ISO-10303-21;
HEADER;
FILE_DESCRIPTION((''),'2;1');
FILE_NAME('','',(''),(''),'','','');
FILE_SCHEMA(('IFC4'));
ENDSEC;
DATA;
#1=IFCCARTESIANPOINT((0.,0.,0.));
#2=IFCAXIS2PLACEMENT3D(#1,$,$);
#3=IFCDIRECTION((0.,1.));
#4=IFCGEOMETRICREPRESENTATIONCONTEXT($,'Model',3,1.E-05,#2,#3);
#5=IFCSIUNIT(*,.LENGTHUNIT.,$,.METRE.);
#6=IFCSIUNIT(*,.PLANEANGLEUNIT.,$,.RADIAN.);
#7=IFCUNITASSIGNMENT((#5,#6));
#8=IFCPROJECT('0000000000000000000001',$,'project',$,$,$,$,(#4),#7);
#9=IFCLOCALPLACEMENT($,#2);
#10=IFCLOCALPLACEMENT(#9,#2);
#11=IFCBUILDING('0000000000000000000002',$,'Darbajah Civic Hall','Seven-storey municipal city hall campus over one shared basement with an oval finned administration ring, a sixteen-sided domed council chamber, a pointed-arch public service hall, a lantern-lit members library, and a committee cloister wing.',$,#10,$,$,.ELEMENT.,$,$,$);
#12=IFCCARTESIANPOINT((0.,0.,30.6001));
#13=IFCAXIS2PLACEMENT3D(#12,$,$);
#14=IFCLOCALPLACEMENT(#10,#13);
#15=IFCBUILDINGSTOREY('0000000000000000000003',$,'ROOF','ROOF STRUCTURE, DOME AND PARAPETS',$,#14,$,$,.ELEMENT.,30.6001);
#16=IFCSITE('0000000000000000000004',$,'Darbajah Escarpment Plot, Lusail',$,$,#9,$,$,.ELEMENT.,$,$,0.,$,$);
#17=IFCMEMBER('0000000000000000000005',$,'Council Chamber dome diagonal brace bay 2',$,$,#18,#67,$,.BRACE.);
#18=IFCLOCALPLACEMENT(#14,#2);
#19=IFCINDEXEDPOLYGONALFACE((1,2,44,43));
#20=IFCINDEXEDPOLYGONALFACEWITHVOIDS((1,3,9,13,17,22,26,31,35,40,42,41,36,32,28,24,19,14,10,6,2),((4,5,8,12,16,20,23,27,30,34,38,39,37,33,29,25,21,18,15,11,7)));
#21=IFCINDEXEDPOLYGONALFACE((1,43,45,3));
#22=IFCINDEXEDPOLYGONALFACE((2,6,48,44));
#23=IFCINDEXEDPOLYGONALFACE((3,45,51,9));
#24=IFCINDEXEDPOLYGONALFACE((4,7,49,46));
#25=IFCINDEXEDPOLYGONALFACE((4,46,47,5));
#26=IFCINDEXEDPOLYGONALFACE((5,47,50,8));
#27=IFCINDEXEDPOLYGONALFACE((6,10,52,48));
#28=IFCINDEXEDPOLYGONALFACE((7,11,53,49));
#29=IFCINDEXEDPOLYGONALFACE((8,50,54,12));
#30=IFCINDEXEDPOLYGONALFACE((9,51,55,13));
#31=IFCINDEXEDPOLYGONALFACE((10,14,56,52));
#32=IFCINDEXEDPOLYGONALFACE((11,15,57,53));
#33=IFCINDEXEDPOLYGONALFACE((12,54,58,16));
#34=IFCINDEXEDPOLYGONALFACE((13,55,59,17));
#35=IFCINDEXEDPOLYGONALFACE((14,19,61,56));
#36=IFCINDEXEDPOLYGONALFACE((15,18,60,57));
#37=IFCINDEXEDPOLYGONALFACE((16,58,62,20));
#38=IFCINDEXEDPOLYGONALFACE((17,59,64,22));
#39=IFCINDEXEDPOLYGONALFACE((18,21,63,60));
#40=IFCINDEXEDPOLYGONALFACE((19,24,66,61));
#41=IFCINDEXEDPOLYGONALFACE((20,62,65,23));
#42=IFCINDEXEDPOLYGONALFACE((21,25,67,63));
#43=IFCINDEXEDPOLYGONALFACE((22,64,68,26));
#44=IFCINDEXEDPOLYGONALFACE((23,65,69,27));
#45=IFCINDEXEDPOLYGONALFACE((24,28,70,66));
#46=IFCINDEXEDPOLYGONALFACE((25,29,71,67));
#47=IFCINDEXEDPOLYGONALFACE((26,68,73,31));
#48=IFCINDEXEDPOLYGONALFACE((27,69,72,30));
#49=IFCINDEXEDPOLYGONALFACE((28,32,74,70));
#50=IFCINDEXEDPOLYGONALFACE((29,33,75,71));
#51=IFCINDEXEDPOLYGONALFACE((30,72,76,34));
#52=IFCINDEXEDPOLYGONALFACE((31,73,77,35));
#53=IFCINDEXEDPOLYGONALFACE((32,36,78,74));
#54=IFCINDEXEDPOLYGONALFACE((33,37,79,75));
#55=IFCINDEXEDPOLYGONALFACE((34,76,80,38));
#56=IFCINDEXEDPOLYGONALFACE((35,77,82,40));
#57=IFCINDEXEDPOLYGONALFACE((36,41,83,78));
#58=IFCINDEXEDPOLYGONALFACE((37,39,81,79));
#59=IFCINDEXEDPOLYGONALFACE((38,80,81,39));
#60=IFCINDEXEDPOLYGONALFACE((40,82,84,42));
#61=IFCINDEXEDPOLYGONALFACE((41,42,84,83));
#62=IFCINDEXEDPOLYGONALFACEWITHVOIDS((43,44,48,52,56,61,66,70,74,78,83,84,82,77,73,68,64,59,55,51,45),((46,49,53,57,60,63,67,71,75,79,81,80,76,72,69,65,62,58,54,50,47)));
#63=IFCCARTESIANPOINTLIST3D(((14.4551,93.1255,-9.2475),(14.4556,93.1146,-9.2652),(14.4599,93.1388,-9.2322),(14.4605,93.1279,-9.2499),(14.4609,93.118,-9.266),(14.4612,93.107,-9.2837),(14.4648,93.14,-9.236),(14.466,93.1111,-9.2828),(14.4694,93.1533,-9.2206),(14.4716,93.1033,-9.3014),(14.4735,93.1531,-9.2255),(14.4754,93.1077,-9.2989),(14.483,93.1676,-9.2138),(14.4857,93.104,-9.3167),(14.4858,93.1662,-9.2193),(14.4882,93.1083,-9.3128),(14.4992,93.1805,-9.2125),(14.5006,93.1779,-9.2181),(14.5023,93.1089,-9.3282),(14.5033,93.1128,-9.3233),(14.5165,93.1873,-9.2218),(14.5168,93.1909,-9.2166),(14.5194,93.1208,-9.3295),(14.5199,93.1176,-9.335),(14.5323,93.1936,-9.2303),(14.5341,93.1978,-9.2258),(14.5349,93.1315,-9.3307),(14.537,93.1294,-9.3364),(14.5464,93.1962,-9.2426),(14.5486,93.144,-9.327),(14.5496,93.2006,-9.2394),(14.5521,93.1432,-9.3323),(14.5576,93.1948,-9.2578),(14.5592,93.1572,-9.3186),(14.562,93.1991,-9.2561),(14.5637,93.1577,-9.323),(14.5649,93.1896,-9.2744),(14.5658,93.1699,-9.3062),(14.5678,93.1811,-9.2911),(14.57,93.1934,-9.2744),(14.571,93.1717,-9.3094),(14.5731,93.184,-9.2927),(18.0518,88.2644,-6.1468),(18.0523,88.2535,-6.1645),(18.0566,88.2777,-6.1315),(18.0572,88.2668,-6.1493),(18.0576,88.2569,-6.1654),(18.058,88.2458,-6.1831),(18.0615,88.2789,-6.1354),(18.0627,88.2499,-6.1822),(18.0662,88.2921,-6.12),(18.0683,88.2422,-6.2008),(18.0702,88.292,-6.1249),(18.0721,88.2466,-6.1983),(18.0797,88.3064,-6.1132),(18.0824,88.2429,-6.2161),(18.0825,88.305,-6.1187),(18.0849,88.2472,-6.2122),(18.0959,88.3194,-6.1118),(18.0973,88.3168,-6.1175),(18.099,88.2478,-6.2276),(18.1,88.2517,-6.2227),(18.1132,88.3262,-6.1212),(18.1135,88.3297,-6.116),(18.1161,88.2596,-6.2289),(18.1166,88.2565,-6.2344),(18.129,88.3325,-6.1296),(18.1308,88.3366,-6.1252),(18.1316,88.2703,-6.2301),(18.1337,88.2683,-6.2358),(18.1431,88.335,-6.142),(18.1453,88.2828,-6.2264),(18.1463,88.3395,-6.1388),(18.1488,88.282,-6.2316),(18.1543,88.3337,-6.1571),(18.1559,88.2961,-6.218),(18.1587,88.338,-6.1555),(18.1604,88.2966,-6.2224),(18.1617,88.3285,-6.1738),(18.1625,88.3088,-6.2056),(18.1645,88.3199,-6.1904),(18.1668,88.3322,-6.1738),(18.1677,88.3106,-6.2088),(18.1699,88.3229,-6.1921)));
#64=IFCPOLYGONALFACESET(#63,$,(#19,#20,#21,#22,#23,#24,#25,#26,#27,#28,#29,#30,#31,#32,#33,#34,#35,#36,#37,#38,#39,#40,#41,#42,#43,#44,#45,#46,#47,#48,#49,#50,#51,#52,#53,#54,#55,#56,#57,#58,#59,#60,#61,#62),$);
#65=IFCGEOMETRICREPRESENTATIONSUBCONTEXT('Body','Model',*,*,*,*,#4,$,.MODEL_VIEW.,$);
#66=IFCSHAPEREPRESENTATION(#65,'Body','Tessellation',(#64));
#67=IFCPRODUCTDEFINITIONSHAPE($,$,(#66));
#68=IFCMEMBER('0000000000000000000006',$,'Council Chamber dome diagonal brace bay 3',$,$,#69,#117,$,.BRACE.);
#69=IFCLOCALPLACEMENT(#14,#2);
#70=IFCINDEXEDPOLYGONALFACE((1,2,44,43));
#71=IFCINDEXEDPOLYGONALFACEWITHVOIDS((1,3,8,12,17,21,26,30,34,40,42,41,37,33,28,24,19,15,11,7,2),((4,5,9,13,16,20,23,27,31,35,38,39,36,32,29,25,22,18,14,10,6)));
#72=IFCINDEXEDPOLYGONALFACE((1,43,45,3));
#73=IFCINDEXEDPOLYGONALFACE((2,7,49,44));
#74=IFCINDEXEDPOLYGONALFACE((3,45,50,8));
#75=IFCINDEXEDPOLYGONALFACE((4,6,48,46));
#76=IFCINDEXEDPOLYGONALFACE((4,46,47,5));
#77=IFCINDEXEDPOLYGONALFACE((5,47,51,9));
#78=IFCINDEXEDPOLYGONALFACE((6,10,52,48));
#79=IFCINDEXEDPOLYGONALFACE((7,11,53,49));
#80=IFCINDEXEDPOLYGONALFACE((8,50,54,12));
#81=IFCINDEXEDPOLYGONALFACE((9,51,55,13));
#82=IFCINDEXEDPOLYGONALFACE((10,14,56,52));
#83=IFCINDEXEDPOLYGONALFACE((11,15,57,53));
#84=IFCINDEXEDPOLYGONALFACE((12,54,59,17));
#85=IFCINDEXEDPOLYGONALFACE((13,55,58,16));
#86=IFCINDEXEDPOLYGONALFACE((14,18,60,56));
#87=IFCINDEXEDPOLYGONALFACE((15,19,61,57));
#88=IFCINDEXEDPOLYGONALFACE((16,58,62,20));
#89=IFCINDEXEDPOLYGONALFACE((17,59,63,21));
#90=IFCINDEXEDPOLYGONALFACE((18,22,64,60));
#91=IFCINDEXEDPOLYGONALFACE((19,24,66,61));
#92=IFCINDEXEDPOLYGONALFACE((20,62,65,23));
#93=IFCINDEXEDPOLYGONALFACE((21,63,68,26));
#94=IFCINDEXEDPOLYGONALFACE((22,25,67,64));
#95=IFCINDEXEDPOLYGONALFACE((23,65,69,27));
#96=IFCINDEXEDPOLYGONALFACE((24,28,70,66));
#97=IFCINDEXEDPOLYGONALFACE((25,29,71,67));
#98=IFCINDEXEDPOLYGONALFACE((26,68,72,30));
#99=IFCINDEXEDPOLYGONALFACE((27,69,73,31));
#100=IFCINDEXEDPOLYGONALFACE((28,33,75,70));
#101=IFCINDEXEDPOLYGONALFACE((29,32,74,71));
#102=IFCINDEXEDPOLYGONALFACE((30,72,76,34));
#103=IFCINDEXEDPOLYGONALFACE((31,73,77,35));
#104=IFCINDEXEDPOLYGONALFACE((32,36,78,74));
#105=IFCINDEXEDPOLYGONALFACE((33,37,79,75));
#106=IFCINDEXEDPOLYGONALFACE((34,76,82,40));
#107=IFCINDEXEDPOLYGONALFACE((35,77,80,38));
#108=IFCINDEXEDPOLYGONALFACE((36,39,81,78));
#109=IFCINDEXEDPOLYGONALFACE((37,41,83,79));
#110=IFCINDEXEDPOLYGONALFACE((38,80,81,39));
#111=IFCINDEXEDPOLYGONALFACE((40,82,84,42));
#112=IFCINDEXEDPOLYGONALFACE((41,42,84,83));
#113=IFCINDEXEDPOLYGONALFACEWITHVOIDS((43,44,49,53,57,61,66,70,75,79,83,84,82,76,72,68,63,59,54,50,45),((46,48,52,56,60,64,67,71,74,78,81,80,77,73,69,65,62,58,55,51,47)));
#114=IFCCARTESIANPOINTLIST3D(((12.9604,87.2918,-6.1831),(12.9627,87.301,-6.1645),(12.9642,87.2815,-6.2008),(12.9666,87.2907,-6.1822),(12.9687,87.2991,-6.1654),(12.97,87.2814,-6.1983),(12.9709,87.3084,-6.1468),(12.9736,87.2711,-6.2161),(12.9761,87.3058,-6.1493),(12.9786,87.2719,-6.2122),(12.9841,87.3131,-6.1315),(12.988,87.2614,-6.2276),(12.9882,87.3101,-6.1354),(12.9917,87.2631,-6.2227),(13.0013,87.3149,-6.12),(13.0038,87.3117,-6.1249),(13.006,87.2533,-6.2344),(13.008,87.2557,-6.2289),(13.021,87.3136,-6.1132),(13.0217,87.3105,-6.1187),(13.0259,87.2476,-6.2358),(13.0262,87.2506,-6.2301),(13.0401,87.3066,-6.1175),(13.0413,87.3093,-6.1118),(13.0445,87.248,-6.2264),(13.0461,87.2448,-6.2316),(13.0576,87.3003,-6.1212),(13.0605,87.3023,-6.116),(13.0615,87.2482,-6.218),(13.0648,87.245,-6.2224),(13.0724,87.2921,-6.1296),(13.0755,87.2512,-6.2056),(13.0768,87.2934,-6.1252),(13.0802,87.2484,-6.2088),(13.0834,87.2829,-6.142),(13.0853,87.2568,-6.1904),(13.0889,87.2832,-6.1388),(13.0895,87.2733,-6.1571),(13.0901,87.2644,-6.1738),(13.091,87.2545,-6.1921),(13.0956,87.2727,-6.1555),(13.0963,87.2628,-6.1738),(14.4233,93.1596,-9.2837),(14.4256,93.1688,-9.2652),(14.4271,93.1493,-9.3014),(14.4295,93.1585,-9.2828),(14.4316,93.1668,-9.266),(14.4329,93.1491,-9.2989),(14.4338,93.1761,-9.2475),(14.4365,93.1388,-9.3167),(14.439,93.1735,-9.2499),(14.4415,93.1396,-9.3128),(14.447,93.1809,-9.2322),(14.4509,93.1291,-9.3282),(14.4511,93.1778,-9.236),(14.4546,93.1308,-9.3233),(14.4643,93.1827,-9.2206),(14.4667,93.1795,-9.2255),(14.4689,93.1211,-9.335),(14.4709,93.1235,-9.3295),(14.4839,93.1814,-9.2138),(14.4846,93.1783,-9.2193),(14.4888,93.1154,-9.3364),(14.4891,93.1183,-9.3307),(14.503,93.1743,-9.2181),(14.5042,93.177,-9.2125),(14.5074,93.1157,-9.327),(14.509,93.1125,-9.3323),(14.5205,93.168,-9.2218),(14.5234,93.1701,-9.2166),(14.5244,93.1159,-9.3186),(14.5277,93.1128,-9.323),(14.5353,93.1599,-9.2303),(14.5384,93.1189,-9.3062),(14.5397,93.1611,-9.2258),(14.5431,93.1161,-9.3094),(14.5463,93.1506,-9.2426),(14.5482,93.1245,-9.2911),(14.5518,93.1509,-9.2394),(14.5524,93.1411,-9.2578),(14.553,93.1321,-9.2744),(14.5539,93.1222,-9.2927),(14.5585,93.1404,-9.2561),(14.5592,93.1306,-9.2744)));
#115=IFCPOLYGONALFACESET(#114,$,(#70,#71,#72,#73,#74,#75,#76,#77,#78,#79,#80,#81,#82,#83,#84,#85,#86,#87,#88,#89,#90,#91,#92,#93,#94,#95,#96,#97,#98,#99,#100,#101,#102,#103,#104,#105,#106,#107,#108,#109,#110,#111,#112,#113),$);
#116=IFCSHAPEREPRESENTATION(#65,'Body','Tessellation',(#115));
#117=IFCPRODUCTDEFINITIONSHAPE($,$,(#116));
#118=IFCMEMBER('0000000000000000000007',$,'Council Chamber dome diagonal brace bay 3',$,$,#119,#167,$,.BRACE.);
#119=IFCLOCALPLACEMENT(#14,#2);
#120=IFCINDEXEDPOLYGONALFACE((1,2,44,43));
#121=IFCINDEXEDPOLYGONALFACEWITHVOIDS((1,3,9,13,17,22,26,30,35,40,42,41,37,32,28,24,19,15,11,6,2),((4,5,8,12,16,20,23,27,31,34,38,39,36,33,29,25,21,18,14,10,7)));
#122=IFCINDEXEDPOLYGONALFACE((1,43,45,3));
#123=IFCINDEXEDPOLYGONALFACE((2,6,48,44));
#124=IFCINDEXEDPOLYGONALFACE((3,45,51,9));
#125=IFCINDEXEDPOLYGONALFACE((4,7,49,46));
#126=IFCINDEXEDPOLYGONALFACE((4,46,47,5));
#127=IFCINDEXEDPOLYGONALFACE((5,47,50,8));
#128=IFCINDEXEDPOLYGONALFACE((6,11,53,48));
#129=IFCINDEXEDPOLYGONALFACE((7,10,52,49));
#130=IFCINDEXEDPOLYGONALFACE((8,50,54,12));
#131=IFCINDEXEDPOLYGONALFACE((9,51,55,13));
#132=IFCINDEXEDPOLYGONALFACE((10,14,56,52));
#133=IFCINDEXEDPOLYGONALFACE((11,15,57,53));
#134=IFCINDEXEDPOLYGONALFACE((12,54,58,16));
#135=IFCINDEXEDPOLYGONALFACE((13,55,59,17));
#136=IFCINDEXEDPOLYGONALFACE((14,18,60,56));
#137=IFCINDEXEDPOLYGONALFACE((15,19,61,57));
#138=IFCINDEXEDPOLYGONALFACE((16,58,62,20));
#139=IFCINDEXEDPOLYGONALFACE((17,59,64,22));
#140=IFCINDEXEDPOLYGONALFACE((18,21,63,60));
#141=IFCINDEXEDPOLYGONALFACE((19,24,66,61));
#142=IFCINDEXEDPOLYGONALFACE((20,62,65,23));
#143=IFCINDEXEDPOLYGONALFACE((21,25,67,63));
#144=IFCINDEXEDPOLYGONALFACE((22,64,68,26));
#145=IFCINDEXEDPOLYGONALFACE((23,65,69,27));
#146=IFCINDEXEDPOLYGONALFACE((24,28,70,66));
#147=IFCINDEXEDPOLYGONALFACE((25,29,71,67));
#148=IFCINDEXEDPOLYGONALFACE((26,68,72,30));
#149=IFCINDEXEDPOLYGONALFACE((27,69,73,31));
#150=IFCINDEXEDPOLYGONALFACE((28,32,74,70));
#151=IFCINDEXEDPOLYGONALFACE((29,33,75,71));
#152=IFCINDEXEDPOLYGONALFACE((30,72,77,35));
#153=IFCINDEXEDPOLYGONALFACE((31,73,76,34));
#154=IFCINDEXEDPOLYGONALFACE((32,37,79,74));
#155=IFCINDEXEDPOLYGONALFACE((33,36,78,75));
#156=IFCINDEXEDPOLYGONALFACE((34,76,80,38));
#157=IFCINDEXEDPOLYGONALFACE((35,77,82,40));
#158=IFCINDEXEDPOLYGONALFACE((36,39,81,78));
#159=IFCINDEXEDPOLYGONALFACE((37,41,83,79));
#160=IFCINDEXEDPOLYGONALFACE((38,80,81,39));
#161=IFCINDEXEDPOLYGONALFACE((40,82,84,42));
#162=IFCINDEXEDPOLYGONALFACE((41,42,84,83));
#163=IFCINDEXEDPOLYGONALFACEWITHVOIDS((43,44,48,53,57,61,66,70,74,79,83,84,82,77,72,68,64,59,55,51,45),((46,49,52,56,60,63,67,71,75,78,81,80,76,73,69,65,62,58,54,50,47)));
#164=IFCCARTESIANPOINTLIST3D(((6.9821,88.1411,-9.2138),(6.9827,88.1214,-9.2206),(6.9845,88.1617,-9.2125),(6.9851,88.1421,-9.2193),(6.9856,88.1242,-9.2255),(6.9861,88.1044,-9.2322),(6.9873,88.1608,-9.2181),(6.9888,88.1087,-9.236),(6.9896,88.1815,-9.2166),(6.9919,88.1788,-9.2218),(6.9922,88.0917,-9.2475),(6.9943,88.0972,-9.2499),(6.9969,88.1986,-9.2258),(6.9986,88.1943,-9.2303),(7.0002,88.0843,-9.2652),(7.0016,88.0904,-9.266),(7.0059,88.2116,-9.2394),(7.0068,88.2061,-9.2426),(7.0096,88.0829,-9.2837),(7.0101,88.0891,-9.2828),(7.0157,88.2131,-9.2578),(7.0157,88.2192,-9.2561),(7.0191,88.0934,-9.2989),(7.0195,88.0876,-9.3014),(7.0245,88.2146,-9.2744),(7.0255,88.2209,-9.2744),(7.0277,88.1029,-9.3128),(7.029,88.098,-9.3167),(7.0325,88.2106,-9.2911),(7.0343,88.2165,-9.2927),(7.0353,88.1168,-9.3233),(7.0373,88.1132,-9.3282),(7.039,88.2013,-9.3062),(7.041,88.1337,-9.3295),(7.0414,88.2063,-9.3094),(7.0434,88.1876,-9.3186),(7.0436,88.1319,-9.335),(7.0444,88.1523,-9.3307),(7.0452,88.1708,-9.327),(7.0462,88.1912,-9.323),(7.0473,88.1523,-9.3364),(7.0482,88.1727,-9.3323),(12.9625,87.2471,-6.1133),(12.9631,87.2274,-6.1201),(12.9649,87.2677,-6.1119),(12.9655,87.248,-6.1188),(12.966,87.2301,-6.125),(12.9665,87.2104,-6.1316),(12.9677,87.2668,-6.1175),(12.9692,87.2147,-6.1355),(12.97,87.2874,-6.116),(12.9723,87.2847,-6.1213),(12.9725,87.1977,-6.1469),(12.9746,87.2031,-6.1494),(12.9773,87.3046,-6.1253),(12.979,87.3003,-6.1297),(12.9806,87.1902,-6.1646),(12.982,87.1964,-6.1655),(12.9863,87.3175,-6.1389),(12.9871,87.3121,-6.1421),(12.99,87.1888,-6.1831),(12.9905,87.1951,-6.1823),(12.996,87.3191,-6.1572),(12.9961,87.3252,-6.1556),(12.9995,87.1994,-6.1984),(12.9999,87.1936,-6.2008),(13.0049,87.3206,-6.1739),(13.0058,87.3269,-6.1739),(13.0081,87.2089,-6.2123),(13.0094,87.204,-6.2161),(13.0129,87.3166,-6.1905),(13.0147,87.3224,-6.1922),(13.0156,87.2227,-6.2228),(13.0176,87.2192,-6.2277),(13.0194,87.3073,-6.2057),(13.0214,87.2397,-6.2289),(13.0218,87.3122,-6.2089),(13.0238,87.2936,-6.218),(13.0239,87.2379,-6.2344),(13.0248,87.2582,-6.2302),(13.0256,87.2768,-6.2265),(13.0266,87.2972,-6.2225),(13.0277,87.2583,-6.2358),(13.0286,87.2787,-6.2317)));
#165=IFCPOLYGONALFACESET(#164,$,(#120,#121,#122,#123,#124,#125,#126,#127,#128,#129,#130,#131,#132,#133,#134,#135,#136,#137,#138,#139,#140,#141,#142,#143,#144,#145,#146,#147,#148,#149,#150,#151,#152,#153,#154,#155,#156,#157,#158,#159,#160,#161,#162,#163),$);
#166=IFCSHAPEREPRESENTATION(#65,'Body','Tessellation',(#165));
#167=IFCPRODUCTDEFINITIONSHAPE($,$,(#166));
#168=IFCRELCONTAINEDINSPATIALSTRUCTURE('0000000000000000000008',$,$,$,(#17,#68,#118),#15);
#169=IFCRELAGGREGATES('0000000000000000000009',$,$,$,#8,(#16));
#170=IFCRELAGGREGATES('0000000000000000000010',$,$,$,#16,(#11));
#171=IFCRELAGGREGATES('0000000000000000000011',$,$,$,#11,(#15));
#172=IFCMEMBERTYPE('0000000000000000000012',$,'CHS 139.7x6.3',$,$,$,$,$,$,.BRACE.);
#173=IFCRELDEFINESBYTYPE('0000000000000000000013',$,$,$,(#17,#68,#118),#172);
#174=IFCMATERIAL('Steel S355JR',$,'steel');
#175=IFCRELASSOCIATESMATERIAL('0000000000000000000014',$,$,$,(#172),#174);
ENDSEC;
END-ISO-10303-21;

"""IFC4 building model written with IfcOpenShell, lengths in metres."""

from ifc_helpers import new_model, si_unit, direction, frame, origin, origin_2d, place, context, subcontext, project, spatial, hollow_circle, extrude, material, material_profile, profile_set, type_object, element, save


model = new_model("IFC4")

# Units and contexts
model_context = context("Model", 3, precision=1e-05, world=origin(), true_north=direction((0.0, 1.0)))
body_context = subcontext(model_context, "Body", "Model", "MODEL_VIEW")
ifc_project = project(units=[si_unit("LENGTHUNIT", "METRE"), si_unit("PLANEANGLEUNIT", "RADIAN")], contexts=[model_context])

# Site, building, storey
site_placement = place(None, origin())
site = spatial("IfcSite", under=ifc_project, at=site_placement, Name="Darbajah Escarpment Plot, Lusail", CompositionType="ELEMENT", RefElevation=0.0)
building_placement = place(site_placement, origin())
building = spatial("IfcBuilding", under=site, at=building_placement, Name="Darbajah Civic Hall", Description="Seven-storey municipal city hall campus over one shared basement with an oval finned administration ring, a sixteen-sided domed council chamber, a pointed-arch public service hall, a lantern-lit members library, and a committee cloister wing.", CompositionType="ELEMENT")
storey_placement = place(building_placement, frame((0.0, 0.0, 30.6001)))
storey = spatial("IfcBuildingStorey", under=building, at=storey_placement, Name="ROOF", Description="ROOF STRUCTURE, DOME AND PARAPETS", CompositionType="ELEMENT", Elevation=30.6001)

# Members
ifc_material = material(Name="Steel S355JR", Category="steel")
ifc_material_profile_1 = material_profile(ifc_material, hollow_circle(Radius=0.0698, WallThickness=0.0063, at=origin_2d()), Name="CHS 139.7x6.3")
ifc_profile_set_1 = profile_set([ifc_material_profile_1], Name="Steel S355JR")
member_type_1 = type_object("IfcMemberType", Name="CHS 139.7x6.3", PredefinedType="BRACE", material=ifc_profile_set_1)
member_1_placement = place(storey_placement, frame((14.5139, 93.1519, -9.2744), z_axis=(0.529268, -0.715331, 0.456265), x_axis=(0.803883, 0.594787, 0.0)))
element("IfcMember", 1, at=member_1_placement, inside=storey, type_object=member_type_1, Name="Council Chamber dome diagonal brace bay 2", PredefinedType="BRACE", context=body_context, shape_type="SweptSolid", body=[
    extrude(hollow_circle(Radius=0.0698, WallThickness=0.0063, at=origin_2d()), origin(), (0.0, 0.0, 1.0), 6.7957),
])
member_2_placement = place(storey_placement, frame((14.4915, 93.1475, -9.2744), z_axis=(-0.215263, -0.863423, 0.456248), x_axis=(0.970299, -0.241909, 0.0)))
element("IfcMember", 2, at=member_2_placement, inside=storey, type_object=member_type_1, Name="Council Chamber dome diagonal brace bay 3", PredefinedType="BRACE", context=body_context, shape_type="SweptSolid", body=[
    extrude(hollow_circle(Radius=0.0698, WallThickness=0.0063, at=origin_2d()), origin(), (0.0, 0.0, 1.0), 6.7959),
])
member_3_placement = place(storey_placement, frame((7.0151, 88.1519, -9.2744), z_axis=(0.880062, -0.131564, 0.45627), x_axis=(0.147851, 0.98901, 0.0)))
element("IfcMember", 3, at=member_3_placement, inside=storey, type_object=member_type_1, Name="Council Chamber dome diagonal brace bay 3", PredefinedType="BRACE", context=body_context, shape_type="SweptSolid", body=[
    extrude(hollow_circle(Radius=0.0698, WallThickness=0.0063, at=origin_2d()), origin(), (0.0, 0.0, 1.0), 6.7954),
])

save(model, "model.ifc")
